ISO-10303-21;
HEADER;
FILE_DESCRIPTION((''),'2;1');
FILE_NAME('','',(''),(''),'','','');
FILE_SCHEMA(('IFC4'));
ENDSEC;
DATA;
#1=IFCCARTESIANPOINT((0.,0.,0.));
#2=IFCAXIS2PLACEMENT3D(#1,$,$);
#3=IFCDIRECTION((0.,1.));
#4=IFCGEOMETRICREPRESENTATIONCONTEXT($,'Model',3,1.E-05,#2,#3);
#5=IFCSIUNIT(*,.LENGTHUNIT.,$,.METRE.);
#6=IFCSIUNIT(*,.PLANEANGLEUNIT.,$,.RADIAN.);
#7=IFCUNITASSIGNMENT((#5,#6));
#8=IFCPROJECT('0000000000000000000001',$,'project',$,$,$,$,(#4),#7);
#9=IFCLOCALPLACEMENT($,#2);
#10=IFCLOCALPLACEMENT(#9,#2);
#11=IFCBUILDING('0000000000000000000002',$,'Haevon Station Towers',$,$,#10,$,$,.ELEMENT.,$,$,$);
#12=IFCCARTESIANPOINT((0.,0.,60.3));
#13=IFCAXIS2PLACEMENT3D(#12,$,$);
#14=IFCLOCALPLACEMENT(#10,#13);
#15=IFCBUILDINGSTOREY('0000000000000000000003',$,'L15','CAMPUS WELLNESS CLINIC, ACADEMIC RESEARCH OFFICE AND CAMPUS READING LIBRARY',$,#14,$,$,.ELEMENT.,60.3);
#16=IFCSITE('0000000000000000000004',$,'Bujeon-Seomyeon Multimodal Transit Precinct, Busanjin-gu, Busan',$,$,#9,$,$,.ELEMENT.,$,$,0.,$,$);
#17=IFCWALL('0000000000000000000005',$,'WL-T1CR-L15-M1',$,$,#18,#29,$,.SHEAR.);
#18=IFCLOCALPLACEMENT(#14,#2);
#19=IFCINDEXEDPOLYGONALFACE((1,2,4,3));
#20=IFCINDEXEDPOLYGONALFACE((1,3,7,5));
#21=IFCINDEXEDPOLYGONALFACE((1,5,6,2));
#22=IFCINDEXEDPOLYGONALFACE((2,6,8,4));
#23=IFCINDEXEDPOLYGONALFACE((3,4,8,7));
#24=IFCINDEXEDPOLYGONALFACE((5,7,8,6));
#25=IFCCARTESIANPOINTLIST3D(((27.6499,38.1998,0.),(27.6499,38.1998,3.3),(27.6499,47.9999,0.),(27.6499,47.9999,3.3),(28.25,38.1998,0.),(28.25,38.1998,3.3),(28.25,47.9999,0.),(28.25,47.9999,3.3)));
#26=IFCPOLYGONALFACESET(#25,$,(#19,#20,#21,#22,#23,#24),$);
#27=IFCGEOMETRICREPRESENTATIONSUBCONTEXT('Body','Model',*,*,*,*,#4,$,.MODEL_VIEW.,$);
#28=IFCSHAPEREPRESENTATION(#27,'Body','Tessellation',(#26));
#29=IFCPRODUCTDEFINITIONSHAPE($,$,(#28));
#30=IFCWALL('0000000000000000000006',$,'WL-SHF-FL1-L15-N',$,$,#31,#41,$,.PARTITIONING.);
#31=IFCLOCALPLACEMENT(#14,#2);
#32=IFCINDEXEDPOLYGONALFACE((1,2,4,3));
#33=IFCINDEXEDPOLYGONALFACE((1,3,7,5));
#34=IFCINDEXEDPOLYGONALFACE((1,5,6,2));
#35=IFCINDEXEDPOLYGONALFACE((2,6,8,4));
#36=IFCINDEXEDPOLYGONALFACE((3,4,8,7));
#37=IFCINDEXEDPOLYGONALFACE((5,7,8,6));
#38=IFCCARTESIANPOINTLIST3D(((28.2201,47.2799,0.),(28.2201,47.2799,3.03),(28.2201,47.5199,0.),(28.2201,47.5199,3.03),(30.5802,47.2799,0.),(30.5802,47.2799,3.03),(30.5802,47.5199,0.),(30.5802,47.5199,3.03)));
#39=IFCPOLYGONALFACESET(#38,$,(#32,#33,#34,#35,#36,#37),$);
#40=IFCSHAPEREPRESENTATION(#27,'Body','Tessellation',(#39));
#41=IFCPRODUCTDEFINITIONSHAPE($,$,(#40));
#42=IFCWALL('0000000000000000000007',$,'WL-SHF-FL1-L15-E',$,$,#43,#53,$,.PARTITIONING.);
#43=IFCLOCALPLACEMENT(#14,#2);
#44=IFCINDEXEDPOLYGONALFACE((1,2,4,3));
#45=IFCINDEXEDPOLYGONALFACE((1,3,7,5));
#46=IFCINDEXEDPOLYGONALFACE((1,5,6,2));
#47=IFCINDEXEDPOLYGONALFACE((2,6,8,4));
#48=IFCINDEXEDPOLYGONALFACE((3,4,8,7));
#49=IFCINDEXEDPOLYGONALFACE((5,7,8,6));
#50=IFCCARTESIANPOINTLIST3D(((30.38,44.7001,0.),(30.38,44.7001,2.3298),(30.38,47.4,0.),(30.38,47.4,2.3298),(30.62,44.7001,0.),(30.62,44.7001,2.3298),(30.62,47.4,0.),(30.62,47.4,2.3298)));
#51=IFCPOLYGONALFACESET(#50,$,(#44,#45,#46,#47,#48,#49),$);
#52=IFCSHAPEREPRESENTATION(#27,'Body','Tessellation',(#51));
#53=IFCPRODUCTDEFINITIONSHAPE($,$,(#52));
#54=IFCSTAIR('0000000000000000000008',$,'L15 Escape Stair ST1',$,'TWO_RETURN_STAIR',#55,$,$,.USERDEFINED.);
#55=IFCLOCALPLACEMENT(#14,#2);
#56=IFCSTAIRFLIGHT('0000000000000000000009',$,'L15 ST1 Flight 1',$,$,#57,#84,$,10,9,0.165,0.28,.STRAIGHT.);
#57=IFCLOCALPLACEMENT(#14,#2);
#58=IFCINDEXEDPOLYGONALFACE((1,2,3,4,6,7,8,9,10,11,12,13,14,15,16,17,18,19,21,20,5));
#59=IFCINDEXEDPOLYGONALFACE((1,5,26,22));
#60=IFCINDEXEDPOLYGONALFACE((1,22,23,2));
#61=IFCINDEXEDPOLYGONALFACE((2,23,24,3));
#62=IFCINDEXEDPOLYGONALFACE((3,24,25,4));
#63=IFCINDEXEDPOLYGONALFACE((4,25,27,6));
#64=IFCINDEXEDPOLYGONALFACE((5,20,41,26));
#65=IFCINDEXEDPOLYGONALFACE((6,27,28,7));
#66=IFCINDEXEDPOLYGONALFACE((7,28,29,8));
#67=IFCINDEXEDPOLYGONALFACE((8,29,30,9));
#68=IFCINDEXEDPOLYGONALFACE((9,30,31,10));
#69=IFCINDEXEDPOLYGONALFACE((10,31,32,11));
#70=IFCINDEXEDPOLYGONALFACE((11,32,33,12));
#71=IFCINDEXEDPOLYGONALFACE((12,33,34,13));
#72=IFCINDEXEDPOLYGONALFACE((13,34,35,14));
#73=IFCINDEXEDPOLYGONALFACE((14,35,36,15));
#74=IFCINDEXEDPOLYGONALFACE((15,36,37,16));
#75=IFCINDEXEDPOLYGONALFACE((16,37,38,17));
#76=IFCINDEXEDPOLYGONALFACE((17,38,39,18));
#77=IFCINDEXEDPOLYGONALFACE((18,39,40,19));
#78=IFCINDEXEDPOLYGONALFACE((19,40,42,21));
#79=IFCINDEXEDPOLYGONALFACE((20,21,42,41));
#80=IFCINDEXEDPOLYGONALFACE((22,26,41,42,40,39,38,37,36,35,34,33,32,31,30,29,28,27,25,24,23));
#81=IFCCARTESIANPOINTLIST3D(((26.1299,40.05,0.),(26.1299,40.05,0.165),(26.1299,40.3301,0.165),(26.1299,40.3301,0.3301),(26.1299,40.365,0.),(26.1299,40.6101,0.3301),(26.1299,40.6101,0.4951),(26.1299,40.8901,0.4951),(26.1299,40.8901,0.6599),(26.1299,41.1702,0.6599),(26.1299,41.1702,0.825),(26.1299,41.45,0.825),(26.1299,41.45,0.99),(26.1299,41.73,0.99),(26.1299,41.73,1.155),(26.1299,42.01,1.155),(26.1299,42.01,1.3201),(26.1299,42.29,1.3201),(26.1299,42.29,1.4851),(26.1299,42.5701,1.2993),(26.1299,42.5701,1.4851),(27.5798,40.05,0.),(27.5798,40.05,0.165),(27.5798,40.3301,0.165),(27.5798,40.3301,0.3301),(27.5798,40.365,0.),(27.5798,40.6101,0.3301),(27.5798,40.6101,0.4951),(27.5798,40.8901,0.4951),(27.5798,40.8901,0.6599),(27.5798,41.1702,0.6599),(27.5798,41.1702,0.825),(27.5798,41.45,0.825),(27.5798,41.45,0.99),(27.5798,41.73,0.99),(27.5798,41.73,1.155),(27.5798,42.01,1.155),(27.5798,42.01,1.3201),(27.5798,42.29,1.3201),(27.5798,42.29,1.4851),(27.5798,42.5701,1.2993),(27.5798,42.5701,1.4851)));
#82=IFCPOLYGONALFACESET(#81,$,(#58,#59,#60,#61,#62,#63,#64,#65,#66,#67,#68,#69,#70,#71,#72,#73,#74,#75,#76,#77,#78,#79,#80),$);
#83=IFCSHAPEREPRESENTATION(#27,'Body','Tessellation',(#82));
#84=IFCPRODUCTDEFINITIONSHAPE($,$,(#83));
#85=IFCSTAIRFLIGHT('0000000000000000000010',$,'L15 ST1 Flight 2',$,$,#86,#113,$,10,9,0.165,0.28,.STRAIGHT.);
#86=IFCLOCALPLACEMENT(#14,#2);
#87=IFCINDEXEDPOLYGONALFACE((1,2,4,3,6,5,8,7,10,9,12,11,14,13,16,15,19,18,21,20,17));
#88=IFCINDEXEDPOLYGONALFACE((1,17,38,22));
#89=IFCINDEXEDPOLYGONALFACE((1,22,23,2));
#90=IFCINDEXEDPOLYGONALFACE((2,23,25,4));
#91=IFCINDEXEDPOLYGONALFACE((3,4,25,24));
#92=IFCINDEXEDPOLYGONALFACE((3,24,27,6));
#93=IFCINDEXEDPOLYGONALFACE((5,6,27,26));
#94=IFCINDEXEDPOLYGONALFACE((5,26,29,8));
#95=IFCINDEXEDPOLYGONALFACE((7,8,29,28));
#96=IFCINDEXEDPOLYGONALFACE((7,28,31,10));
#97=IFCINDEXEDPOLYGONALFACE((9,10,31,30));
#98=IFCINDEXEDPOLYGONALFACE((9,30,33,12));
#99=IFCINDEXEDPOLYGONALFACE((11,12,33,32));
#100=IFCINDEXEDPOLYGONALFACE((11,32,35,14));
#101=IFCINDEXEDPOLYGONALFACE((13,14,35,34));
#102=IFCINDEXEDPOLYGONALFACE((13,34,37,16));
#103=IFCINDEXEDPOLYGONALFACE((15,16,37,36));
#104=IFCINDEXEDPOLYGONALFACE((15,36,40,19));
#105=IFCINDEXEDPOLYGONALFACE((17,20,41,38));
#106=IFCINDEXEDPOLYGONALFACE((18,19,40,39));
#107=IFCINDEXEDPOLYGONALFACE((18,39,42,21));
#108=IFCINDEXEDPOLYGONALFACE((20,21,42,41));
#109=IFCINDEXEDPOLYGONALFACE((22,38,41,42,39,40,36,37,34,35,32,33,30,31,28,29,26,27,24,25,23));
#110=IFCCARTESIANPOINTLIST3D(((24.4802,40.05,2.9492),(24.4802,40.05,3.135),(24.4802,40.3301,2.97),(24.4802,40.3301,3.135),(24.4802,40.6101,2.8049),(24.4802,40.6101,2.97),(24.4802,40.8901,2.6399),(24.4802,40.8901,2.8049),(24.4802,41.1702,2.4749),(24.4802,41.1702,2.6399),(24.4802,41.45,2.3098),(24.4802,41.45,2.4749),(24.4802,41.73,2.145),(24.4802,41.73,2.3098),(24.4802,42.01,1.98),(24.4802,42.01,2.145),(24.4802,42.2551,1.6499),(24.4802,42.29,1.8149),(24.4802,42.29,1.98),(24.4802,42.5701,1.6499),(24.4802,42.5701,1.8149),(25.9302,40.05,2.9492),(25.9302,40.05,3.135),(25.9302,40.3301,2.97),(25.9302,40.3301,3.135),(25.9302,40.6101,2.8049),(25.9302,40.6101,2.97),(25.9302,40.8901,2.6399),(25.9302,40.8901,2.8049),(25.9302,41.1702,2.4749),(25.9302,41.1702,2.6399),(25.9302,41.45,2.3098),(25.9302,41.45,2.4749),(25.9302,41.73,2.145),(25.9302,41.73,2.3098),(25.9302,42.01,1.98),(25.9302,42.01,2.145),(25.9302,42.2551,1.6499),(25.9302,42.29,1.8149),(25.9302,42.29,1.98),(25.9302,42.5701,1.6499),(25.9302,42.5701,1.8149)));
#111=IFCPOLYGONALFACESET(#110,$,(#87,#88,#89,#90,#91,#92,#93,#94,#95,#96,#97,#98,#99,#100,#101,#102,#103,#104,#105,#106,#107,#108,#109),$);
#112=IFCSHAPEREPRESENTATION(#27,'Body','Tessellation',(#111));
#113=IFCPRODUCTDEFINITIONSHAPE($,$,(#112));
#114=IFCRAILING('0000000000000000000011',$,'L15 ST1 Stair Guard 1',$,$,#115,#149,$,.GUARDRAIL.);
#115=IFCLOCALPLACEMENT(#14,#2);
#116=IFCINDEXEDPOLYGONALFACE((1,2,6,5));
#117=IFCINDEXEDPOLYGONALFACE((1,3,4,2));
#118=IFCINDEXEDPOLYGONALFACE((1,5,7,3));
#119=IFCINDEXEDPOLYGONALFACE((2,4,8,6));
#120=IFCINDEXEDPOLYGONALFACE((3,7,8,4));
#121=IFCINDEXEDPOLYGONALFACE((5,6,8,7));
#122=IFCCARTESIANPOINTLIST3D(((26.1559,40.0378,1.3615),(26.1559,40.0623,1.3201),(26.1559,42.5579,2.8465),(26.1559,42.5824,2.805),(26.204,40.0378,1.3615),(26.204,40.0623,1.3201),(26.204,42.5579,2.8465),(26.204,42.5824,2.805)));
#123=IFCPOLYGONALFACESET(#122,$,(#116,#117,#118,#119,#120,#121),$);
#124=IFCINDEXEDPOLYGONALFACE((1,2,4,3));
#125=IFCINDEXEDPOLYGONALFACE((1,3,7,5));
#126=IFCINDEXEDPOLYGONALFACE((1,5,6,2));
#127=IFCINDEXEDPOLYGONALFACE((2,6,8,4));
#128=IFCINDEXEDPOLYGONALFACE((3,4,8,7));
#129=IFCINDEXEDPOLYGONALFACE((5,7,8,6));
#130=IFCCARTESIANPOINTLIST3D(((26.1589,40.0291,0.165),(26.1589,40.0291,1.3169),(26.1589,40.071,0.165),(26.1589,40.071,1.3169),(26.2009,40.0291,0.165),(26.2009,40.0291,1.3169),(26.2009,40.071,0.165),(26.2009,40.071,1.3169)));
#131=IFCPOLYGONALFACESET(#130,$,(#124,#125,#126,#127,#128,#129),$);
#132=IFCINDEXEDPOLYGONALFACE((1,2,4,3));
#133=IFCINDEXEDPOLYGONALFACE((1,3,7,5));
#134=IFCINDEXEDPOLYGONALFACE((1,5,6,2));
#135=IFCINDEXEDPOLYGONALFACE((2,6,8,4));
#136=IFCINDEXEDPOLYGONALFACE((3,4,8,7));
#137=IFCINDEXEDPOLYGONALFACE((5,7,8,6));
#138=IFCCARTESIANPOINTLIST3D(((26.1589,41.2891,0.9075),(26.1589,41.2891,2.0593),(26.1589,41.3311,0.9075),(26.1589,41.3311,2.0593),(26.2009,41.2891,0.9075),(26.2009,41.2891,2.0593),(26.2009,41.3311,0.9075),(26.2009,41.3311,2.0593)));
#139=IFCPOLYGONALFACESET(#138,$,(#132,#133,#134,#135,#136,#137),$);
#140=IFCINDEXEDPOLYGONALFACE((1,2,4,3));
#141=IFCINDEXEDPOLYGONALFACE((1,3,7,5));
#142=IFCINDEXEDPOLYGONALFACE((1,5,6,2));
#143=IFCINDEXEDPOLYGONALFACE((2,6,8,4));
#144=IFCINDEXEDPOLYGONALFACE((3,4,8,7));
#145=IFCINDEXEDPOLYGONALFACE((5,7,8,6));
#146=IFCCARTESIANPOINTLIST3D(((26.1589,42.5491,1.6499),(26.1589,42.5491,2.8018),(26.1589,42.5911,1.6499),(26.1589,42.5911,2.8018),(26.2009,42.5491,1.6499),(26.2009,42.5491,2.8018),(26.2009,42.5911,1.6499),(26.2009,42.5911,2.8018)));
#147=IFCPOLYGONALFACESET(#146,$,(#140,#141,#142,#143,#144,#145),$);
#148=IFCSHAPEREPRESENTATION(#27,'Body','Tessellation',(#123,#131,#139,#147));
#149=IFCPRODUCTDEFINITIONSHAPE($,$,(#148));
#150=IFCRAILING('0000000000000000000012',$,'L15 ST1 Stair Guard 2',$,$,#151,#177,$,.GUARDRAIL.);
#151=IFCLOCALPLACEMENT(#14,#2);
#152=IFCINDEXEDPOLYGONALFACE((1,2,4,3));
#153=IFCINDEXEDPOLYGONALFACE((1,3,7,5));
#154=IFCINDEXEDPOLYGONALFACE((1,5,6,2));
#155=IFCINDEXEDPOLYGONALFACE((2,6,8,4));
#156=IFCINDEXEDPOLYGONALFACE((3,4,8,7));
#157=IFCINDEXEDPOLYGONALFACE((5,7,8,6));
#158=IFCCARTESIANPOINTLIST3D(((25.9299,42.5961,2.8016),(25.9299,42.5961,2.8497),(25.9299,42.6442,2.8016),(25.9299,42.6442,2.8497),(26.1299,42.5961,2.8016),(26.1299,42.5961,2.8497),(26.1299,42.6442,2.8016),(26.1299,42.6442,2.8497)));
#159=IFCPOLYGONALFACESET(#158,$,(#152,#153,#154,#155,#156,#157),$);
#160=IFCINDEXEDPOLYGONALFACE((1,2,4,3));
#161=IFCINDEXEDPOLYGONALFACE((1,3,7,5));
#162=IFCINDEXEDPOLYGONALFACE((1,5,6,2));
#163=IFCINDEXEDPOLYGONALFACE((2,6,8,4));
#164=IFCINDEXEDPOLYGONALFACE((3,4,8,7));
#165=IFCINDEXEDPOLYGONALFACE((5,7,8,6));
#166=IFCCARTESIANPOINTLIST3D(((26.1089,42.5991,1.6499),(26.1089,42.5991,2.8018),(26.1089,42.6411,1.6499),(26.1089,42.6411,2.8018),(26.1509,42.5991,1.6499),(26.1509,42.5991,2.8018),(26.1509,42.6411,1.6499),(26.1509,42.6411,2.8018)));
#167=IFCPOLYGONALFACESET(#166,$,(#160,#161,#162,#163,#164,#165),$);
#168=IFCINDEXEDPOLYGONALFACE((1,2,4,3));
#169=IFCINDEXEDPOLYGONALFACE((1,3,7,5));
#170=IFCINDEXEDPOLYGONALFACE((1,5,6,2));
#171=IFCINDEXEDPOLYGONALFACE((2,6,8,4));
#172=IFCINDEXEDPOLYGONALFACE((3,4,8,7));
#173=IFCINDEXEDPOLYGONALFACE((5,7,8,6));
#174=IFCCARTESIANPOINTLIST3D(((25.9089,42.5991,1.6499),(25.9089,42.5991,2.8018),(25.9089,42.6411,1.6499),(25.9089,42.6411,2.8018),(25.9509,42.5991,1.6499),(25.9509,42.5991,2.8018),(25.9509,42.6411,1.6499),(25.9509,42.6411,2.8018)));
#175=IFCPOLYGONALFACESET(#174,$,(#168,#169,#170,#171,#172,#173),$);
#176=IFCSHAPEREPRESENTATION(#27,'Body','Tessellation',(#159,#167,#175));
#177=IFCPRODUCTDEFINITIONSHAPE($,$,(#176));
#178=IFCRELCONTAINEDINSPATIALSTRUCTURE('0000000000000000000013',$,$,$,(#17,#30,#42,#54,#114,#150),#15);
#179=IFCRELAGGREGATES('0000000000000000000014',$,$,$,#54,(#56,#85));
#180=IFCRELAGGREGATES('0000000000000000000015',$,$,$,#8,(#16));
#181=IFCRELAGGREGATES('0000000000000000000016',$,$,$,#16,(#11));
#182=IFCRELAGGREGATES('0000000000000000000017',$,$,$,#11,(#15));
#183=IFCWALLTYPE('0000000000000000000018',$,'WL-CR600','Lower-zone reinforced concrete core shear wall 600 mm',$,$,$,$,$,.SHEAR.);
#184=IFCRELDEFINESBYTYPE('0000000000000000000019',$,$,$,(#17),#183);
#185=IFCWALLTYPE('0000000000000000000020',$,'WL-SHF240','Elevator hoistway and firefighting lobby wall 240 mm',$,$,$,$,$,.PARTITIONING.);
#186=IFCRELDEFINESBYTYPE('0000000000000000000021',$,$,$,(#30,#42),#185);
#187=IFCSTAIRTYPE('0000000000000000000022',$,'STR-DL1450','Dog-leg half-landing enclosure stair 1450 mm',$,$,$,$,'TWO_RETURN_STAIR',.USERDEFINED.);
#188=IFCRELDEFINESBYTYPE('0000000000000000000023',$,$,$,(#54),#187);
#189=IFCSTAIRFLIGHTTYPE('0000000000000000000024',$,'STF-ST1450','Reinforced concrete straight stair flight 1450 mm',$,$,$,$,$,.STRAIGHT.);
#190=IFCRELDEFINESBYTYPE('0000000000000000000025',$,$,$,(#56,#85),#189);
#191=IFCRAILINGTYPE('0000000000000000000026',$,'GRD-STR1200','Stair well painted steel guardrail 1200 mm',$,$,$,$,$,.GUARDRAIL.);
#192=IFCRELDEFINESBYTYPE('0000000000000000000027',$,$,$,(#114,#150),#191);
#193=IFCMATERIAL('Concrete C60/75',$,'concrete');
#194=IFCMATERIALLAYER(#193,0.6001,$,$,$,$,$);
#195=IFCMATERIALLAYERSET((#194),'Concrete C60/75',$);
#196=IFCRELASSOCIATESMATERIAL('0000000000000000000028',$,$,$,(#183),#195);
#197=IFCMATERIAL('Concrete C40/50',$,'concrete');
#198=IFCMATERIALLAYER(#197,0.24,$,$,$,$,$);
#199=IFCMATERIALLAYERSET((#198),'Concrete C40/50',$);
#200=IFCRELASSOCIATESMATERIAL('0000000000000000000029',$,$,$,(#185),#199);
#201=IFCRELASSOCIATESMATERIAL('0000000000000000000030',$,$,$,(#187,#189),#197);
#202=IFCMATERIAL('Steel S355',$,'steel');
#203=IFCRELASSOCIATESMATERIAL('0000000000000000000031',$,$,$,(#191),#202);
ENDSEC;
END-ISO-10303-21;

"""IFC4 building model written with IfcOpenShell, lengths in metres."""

from ifc_helpers import new_model, si_unit, direction, frame, frame_2d, origin, origin_2d, place, context, subcontext, project, spatial, polyline, rectangle, outline, extrude, material, layer, layer_set, type_object, element, aggregate, save


model = new_model("IFC4")

# Units and contexts
model_context = context("Model", 3, precision=1e-05, world=origin(), true_north=direction((0.0, 1.0)))
body_context = subcontext(model_context, "Body", "Model", "MODEL_VIEW")
ifc_project = project(units=[si_unit("LENGTHUNIT", "METRE"), si_unit("PLANEANGLEUNIT", "RADIAN")], contexts=[model_context])

# Site, building, storey
site_placement = place(None, origin())
site = spatial("IfcSite", under=ifc_project, at=site_placement, Name="Bujeon-Seomyeon Multimodal Transit Precinct, Busanjin-gu, Busan", CompositionType="ELEMENT", RefElevation=0.0)
building_placement = place(site_placement, origin())
building = spatial("IfcBuilding", under=site, at=building_placement, Name="Haevon Station Towers", CompositionType="ELEMENT")
storey_placement = place(building_placement, frame((0.0, 0.0, 60.3)))
storey = spatial("IfcBuildingStorey", under=building, at=storey_placement, Name="L15", Description="CAMPUS WELLNESS CLINIC, ACADEMIC RESEARCH OFFICE AND CAMPUS READING LIBRARY", CompositionType="ELEMENT", Elevation=60.3)

# Shared definitions
ifc_material_1 = material(Name="Steel S355", Category="steel")

# Wall
ifc_material_2 = material(Name="Concrete C60/75", Category="concrete")
ifc_layer_1 = layer(ifc_material_2, 0.6001)
ifc_layer_set_1 = layer_set([ifc_layer_1], Name="Concrete C60/75")
wall_type_1 = type_object("IfcWallType", Name="WL-CR600", Description="Lower-zone reinforced concrete core shear wall 600 mm", PredefinedType="SHEAR", material=ifc_layer_set_1)
wall_1_placement = place(storey_placement, frame((27.95, 38.2, 0.0), z_axis=(0.0, 0.0, 1.0), x_axis=(0.0, 1.0, 0.0)))
element("IfcWall", 1, at=wall_1_placement, inside=storey, type_object=wall_type_1, Name="WL-T1CR-L15-M1", PredefinedType="SHEAR", context=body_context, shape_type="SweptSolid", body=[
    extrude(rectangle(XDim=9.8, YDim=0.6001, at=frame_2d((4.8999, 0.0))), origin(), (0.0, 0.0, 1.0), 3.3),
])

# Shared definitions
ifc_material_3 = material(Name="Concrete C40/50", Category="concrete")
ifc_layer_2 = layer(ifc_material_3, 0.24)
ifc_layer_set_2 = layer_set([ifc_layer_2], Name="Concrete C40/50")
wall_type_2 = type_object("IfcWallType", Name="WL-SHF240", Description="Elevator hoistway and firefighting lobby wall 240 mm", PredefinedType="PARTITIONING", material=ifc_layer_set_2)

# Walls
wall_2_placement = place(storey_placement, frame((28.22, 47.3999, 0.0), z_axis=(0.0, 0.0, 1.0), x_axis=(1.0, 0.0, 0.0)))
element("IfcWall", 2, at=wall_2_placement, inside=storey, type_object=wall_type_2, Name="WL-SHF-FL1-L15-N", PredefinedType="PARTITIONING", context=body_context, shape_type="SweptSolid", body=[
    extrude(rectangle(XDim=2.3601, YDim=0.24, at=frame_2d((1.1802, 0.0))), origin(), (0.0, 0.0, 1.0), 3.03),
])
wall_3_placement = place(storey_placement, frame((30.5, 44.7, 0.0), z_axis=(0.0, 0.0, 1.0), x_axis=(0.0, 1.0, 0.0)))
element("IfcWall", 3, at=wall_3_placement, inside=storey, type_object=wall_type_2, Name="WL-SHF-FL1-L15-E", PredefinedType="PARTITIONING", context=body_context, shape_type="SweptSolid", body=[
    extrude(rectangle(XDim=2.7, YDim=0.24, at=frame_2d((1.3501, 0.0))), origin(), (0.0, 0.0, 1.0), 2.3298),
])

# Stair, stair flights
stair_type = type_object("IfcStairType", Name="STR-DL1450", Description="Dog-leg half-landing enclosure stair 1450 mm", ElementType="TWO_RETURN_STAIR", PredefinedType="USERDEFINED", material=ifc_material_3)
stair_placement = place(storey_placement, origin())
stair = element("IfcStair", 4, at=stair_placement, inside=storey, type_object=stair_type, Name="L15 Escape Stair ST1", ObjectType="TWO_RETURN_STAIR", PredefinedType="USERDEFINED")
stair_flight_type = type_object("IfcStairFlightType", Name="STF-ST1450", Description="Reinforced concrete straight stair flight 1450 mm", PredefinedType="STRAIGHT", material=ifc_material_3)
stair_flight_1_placement = place(storey_placement, frame((26.855, 40.05, 0.0), z_axis=(0.0, 0.0, 1.0), x_axis=(0.0, 1.0, 0.0)))
stair_flight_1 = element("IfcStairFlight", 5, at=stair_flight_1_placement, type_object=stair_flight_type, Name="L15 ST1 Flight 1", NumberOfRisers=10, NumberOfTreads=9, PredefinedType="STRAIGHT", RiserHeight=0.165, TreadLength=0.28, context=body_context, shape_type="SweptSolid", body=[
    extrude(outline(polyline([(0.0, 0.0), (0.0, 0.165), (0.28, 0.165), (0.28, 0.3301), (0.5601, 0.3301), (0.5601, 0.4951), (0.8401, 0.4951), (0.8401, 0.6599), (1.1201, 0.6599), (1.1201, 0.825), (1.3999, 0.825), (1.3999, 0.99), (1.6799, 0.99), (1.6799, 1.155), (1.96, 1.155), (1.96, 1.3201), (2.24, 1.3201), (2.24, 1.4851), (2.52, 1.4851), (2.52, 1.6499), (2.52, 1.2993), (0.3149, 0.0), (0.0, 0.0)])), frame((0.0, 0.7251, 0.0), z_axis=(0.0, -1.0, 0.0), x_axis=(1.0, 0.0, 0.0)), (0.0, 0.0, 1.0), 1.45),
])
stair_flight_2_placement = place(storey_placement, frame((25.2051, 42.5701, 1.6499), z_axis=(0.0, 0.0, 1.0), x_axis=(0.0, -1.0, 0.0)))
stair_flight_2 = element("IfcStairFlight", 6, at=stair_flight_2_placement, type_object=stair_flight_type, Name="L15 ST1 Flight 2", NumberOfRisers=10, NumberOfTreads=9, PredefinedType="STRAIGHT", RiserHeight=0.165, TreadLength=0.28, context=body_context, shape_type="SweptSolid", body=[
    extrude(outline(polyline([(0.0, 0.0), (0.0, 0.165), (0.28, 0.165), (0.28, 0.3301), (0.5601, 0.3301), (0.5601, 0.4951), (0.8401, 0.4951), (0.8401, 0.6599), (1.1201, 0.6599), (1.1201, 0.825), (1.3999, 0.825), (1.3999, 0.99), (1.6799, 0.99), (1.6799, 1.155), (1.96, 1.155), (1.96, 1.3201), (2.24, 1.3201), (2.24, 1.4851), (2.52, 1.4851), (2.52, 1.6499), (2.52, 1.2993), (0.3149, 0.0), (0.0, 0.0)])), frame((0.0, 0.7251, 0.0), z_axis=(0.0, -1.0, 0.0), x_axis=(1.0, 0.0, 0.0)), (0.0, 0.0, 1.0), 1.45),
])
aggregate(stair, [stair_flight_1, stair_flight_2])

# Railings
railing_type_1 = type_object("IfcRailingType", Name="GRD-STR1200", Description="Stair well painted steel guardrail 1200 mm", PredefinedType="GUARDRAIL", material=ifc_material_1)
railing_1_placement = place(storey_placement, frame((26.1799, 40.05, 0.165)))
element("IfcRailing", 7, at=railing_1_placement, inside=storey, type_object=railing_type_1, Name="L15 ST1 Stair Guard 1", PredefinedType="GUARDRAIL", context=body_context, shape_type="SweptSolid", body=[
    extrude(rectangle(XDim=0.0481, YDim=0.0481, at=origin_2d()), frame((0.0, 0.0, 1.1758), z_axis=(0.0, 0.861561, 0.507655), x_axis=(-1.0, 0.0, 0.0)), (0.0, 0.0, 1.0), 2.925),
    extrude(rectangle(XDim=0.042, YDim=0.042, at=origin_2d()), origin(), (0.0, 0.0, 1.0), 1.1519),
    extrude(rectangle(XDim=0.042, YDim=0.042, at=origin_2d()), frame((0.0, 1.26, 0.7424)), (0.0, 0.0, 1.0), 1.1519),
    extrude(rectangle(XDim=0.042, YDim=0.042, at=origin_2d()), frame((0.0, 2.52, 1.4849)), (0.0, 0.0, 1.0), 1.1519),
])
railing_2_placement = place(storey_placement, frame((26.1299, 42.6201, 1.6499)))
element("IfcRailing", 8, at=railing_2_placement, inside=storey, type_object=railing_type_1, Name="L15 ST1 Stair Guard 2", PredefinedType="GUARDRAIL", context=body_context, shape_type="SweptSolid", body=[
    extrude(rectangle(XDim=0.0481, YDim=0.0481, at=origin_2d()), frame((0.0, 0.0, 1.1758), z_axis=(-1.0, 0.0, 0.0), x_axis=(0.0, -1.0, 0.0)), (0.0, 0.0, 1.0), 0.2),
    extrude(rectangle(XDim=0.042, YDim=0.042, at=origin_2d()), origin(), (0.0, 0.0, 1.0), 1.1519),
    extrude(rectangle(XDim=0.042, YDim=0.042, at=origin_2d()), frame((-0.2, 0.0, 0.0)), (0.0, 0.0, 1.0), 1.1519),
])

save(model, "model.ifc")
